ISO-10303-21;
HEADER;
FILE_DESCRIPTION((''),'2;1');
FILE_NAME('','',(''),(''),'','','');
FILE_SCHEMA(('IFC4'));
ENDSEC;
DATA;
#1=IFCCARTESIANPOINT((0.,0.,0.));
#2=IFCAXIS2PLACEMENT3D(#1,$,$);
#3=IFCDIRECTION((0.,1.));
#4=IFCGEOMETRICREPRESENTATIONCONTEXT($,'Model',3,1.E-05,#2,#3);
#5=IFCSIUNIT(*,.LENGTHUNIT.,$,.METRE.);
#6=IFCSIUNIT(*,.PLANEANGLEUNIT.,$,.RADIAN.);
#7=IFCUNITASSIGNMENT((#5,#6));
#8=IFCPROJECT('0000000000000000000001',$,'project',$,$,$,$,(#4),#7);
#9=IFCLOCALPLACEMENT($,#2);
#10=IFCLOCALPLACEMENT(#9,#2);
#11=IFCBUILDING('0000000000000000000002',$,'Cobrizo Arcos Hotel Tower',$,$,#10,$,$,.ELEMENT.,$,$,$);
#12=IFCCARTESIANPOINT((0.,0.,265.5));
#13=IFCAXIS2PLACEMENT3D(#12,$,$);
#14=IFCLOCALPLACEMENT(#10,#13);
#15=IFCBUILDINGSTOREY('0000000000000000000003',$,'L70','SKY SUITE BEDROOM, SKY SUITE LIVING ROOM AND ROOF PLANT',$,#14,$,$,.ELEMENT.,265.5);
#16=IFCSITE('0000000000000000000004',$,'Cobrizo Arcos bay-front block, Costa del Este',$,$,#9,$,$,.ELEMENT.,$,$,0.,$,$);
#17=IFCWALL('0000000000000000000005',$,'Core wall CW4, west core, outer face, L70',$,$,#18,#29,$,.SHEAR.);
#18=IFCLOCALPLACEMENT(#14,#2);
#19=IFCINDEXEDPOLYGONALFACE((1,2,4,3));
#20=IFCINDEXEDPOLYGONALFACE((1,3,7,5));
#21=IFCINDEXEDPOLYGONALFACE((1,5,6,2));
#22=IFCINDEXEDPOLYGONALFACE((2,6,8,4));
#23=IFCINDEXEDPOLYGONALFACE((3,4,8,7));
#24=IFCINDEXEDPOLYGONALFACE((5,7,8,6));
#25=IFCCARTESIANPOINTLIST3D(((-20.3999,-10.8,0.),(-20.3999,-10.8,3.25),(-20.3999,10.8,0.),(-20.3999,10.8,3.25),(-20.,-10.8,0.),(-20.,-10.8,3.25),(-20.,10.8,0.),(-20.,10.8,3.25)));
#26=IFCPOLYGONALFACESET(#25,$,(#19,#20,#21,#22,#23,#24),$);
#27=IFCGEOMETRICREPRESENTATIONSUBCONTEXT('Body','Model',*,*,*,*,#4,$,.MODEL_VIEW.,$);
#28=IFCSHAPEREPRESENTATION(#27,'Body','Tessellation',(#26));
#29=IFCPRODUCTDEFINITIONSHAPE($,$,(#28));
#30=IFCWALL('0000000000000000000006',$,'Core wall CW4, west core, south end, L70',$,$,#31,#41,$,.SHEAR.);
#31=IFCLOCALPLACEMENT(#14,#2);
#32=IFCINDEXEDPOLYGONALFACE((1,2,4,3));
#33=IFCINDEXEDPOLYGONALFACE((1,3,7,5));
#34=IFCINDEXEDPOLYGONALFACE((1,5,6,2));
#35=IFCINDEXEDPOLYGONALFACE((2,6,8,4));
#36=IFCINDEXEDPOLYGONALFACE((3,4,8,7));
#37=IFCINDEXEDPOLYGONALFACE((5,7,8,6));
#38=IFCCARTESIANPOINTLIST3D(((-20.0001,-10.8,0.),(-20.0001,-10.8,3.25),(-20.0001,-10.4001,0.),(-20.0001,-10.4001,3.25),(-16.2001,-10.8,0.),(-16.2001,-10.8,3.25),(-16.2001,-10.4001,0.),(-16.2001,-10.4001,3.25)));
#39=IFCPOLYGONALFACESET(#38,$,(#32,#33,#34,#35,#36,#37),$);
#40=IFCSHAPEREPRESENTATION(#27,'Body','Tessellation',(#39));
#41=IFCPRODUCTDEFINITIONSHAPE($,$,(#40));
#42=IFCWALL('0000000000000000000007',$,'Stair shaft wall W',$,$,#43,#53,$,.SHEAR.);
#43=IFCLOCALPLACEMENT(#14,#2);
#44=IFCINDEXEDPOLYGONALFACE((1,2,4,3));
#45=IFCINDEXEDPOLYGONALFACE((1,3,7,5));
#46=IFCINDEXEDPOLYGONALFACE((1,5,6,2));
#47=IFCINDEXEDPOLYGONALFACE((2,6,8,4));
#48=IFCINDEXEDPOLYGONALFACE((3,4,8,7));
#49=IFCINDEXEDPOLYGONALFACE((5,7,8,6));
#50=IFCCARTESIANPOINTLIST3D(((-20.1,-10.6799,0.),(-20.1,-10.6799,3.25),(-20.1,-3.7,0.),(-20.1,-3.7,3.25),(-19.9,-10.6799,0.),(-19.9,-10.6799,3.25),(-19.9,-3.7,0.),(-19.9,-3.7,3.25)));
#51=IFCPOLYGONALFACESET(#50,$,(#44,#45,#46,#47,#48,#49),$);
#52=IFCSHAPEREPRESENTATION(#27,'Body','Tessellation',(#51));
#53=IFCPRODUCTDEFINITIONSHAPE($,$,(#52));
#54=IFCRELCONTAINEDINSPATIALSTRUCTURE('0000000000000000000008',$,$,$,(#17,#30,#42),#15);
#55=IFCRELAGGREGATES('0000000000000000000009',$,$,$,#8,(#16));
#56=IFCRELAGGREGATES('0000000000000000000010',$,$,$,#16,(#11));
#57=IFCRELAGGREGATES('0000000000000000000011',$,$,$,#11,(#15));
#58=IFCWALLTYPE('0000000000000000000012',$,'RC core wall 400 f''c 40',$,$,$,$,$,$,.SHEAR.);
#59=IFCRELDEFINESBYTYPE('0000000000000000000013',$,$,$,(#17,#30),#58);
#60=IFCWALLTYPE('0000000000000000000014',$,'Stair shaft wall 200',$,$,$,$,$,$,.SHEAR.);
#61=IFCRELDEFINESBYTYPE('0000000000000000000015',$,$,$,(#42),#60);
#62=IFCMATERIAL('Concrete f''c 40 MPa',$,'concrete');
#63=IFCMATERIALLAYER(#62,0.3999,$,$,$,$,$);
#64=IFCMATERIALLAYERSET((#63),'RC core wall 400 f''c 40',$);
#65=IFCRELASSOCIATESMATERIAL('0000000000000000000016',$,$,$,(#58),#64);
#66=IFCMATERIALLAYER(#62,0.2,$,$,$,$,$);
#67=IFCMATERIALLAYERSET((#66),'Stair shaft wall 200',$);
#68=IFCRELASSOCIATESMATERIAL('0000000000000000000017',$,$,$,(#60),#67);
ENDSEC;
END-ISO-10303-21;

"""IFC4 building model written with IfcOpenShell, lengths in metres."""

from ifc_helpers import new_model, si_unit, direction, frame, frame_2d, origin, place, context, subcontext, project, spatial, rectangle, extrude, material, layer, layer_set, type_object, element, save


model = new_model("IFC4")

# Units and contexts
model_context = context("Model", 3, precision=1e-05, world=origin(), true_north=direction((0.0, 1.0)))
body_context = subcontext(model_context, "Body", "Model", "MODEL_VIEW")
ifc_project = project(units=[si_unit("LENGTHUNIT", "METRE"), si_unit("PLANEANGLEUNIT", "RADIAN")], contexts=[model_context])

# Site, building, storey
site_placement = place(None, origin())
site = spatial("IfcSite", under=ifc_project, at=site_placement, Name="Cobrizo Arcos bay-front block, Costa del Este", CompositionType="ELEMENT", RefElevation=0.0)
building_placement = place(site_placement, origin())
building = spatial("IfcBuilding", under=site, at=building_placement, Name="Cobrizo Arcos Hotel Tower", CompositionType="ELEMENT")
storey_placement = place(building_placement, frame((0.0, 0.0, 265.5)))
storey = spatial("IfcBuildingStorey", under=building, at=storey_placement, Name="L70", Description="SKY SUITE BEDROOM, SKY SUITE LIVING ROOM AND ROOF PLANT", CompositionType="ELEMENT", Elevation=265.5)

# Shared definitions
ifc_material_1 = material(Name="Concrete f'c 40 MPa", Category="concrete")
ifc_layer_1 = layer(ifc_material_1, 0.3999)
ifc_layer_set_1 = layer_set([ifc_layer_1], Name="RC core wall 400 f'c 40")
wall_type_1 = type_object("IfcWallType", Name="RC core wall 400 f'c 40", PredefinedType="SHEAR", material=ifc_layer_set_1)

# Walls
wall_1_placement = place(storey_placement, frame((-20.2, -10.8, 0.0), z_axis=(0.0, 0.0, 1.0), x_axis=(0.0, 1.0, 0.0)))
element("IfcWall", 1, at=wall_1_placement, inside=storey, type_object=wall_type_1, Name="Core wall CW4, west core, outer face, L70", PredefinedType="SHEAR", context=body_context, shape_type="SweptSolid", body=[
    extrude(rectangle(XDim=21.6001, YDim=0.3999, at=frame_2d((10.8, 0.0))), origin(), (0.0, 0.0, 1.0), 3.25),
])
wall_2_placement = place(storey_placement, frame((-20.0, -10.6001, 0.0), z_axis=(0.0, 0.0, 1.0), x_axis=(1.0, 0.0, 0.0)))
element("IfcWall", 2, at=wall_2_placement, inside=storey, type_object=wall_type_1, Name="Core wall CW4, west core, south end, L70", PredefinedType="SHEAR", context=body_context, shape_type="SweptSolid", body=[
    extrude(rectangle(XDim=3.8, YDim=0.3999, at=frame_2d((1.8999, 0.0))), origin(), (0.0, 0.0, 1.0), 3.25),
])
ifc_layer_2 = layer(ifc_material_1, 0.2)
ifc_layer_set_2 = layer_set([ifc_layer_2], Name="Stair shaft wall 200")
wall_type_2 = type_object("IfcWallType", Name="Stair shaft wall 200", PredefinedType="SHEAR", material=ifc_layer_set_2)
wall_3_placement = place(storey_placement, frame((-20.0, -10.6799, 0.0), z_axis=(0.0, 0.0, 1.0), x_axis=(0.0, 1.0, 0.0)))
element("IfcWall", 3, at=wall_3_placement, inside=storey, type_object=wall_type_2, Name="Stair shaft wall W", PredefinedType="SHEAR", context=body_context, shape_type="SweptSolid", body=[
    extrude(rectangle(XDim=6.98, YDim=0.2, at=frame_2d((3.49, 0.0))), origin(), (0.0, 0.0, 1.0), 3.25),
])

save(model, "model.ifc")
